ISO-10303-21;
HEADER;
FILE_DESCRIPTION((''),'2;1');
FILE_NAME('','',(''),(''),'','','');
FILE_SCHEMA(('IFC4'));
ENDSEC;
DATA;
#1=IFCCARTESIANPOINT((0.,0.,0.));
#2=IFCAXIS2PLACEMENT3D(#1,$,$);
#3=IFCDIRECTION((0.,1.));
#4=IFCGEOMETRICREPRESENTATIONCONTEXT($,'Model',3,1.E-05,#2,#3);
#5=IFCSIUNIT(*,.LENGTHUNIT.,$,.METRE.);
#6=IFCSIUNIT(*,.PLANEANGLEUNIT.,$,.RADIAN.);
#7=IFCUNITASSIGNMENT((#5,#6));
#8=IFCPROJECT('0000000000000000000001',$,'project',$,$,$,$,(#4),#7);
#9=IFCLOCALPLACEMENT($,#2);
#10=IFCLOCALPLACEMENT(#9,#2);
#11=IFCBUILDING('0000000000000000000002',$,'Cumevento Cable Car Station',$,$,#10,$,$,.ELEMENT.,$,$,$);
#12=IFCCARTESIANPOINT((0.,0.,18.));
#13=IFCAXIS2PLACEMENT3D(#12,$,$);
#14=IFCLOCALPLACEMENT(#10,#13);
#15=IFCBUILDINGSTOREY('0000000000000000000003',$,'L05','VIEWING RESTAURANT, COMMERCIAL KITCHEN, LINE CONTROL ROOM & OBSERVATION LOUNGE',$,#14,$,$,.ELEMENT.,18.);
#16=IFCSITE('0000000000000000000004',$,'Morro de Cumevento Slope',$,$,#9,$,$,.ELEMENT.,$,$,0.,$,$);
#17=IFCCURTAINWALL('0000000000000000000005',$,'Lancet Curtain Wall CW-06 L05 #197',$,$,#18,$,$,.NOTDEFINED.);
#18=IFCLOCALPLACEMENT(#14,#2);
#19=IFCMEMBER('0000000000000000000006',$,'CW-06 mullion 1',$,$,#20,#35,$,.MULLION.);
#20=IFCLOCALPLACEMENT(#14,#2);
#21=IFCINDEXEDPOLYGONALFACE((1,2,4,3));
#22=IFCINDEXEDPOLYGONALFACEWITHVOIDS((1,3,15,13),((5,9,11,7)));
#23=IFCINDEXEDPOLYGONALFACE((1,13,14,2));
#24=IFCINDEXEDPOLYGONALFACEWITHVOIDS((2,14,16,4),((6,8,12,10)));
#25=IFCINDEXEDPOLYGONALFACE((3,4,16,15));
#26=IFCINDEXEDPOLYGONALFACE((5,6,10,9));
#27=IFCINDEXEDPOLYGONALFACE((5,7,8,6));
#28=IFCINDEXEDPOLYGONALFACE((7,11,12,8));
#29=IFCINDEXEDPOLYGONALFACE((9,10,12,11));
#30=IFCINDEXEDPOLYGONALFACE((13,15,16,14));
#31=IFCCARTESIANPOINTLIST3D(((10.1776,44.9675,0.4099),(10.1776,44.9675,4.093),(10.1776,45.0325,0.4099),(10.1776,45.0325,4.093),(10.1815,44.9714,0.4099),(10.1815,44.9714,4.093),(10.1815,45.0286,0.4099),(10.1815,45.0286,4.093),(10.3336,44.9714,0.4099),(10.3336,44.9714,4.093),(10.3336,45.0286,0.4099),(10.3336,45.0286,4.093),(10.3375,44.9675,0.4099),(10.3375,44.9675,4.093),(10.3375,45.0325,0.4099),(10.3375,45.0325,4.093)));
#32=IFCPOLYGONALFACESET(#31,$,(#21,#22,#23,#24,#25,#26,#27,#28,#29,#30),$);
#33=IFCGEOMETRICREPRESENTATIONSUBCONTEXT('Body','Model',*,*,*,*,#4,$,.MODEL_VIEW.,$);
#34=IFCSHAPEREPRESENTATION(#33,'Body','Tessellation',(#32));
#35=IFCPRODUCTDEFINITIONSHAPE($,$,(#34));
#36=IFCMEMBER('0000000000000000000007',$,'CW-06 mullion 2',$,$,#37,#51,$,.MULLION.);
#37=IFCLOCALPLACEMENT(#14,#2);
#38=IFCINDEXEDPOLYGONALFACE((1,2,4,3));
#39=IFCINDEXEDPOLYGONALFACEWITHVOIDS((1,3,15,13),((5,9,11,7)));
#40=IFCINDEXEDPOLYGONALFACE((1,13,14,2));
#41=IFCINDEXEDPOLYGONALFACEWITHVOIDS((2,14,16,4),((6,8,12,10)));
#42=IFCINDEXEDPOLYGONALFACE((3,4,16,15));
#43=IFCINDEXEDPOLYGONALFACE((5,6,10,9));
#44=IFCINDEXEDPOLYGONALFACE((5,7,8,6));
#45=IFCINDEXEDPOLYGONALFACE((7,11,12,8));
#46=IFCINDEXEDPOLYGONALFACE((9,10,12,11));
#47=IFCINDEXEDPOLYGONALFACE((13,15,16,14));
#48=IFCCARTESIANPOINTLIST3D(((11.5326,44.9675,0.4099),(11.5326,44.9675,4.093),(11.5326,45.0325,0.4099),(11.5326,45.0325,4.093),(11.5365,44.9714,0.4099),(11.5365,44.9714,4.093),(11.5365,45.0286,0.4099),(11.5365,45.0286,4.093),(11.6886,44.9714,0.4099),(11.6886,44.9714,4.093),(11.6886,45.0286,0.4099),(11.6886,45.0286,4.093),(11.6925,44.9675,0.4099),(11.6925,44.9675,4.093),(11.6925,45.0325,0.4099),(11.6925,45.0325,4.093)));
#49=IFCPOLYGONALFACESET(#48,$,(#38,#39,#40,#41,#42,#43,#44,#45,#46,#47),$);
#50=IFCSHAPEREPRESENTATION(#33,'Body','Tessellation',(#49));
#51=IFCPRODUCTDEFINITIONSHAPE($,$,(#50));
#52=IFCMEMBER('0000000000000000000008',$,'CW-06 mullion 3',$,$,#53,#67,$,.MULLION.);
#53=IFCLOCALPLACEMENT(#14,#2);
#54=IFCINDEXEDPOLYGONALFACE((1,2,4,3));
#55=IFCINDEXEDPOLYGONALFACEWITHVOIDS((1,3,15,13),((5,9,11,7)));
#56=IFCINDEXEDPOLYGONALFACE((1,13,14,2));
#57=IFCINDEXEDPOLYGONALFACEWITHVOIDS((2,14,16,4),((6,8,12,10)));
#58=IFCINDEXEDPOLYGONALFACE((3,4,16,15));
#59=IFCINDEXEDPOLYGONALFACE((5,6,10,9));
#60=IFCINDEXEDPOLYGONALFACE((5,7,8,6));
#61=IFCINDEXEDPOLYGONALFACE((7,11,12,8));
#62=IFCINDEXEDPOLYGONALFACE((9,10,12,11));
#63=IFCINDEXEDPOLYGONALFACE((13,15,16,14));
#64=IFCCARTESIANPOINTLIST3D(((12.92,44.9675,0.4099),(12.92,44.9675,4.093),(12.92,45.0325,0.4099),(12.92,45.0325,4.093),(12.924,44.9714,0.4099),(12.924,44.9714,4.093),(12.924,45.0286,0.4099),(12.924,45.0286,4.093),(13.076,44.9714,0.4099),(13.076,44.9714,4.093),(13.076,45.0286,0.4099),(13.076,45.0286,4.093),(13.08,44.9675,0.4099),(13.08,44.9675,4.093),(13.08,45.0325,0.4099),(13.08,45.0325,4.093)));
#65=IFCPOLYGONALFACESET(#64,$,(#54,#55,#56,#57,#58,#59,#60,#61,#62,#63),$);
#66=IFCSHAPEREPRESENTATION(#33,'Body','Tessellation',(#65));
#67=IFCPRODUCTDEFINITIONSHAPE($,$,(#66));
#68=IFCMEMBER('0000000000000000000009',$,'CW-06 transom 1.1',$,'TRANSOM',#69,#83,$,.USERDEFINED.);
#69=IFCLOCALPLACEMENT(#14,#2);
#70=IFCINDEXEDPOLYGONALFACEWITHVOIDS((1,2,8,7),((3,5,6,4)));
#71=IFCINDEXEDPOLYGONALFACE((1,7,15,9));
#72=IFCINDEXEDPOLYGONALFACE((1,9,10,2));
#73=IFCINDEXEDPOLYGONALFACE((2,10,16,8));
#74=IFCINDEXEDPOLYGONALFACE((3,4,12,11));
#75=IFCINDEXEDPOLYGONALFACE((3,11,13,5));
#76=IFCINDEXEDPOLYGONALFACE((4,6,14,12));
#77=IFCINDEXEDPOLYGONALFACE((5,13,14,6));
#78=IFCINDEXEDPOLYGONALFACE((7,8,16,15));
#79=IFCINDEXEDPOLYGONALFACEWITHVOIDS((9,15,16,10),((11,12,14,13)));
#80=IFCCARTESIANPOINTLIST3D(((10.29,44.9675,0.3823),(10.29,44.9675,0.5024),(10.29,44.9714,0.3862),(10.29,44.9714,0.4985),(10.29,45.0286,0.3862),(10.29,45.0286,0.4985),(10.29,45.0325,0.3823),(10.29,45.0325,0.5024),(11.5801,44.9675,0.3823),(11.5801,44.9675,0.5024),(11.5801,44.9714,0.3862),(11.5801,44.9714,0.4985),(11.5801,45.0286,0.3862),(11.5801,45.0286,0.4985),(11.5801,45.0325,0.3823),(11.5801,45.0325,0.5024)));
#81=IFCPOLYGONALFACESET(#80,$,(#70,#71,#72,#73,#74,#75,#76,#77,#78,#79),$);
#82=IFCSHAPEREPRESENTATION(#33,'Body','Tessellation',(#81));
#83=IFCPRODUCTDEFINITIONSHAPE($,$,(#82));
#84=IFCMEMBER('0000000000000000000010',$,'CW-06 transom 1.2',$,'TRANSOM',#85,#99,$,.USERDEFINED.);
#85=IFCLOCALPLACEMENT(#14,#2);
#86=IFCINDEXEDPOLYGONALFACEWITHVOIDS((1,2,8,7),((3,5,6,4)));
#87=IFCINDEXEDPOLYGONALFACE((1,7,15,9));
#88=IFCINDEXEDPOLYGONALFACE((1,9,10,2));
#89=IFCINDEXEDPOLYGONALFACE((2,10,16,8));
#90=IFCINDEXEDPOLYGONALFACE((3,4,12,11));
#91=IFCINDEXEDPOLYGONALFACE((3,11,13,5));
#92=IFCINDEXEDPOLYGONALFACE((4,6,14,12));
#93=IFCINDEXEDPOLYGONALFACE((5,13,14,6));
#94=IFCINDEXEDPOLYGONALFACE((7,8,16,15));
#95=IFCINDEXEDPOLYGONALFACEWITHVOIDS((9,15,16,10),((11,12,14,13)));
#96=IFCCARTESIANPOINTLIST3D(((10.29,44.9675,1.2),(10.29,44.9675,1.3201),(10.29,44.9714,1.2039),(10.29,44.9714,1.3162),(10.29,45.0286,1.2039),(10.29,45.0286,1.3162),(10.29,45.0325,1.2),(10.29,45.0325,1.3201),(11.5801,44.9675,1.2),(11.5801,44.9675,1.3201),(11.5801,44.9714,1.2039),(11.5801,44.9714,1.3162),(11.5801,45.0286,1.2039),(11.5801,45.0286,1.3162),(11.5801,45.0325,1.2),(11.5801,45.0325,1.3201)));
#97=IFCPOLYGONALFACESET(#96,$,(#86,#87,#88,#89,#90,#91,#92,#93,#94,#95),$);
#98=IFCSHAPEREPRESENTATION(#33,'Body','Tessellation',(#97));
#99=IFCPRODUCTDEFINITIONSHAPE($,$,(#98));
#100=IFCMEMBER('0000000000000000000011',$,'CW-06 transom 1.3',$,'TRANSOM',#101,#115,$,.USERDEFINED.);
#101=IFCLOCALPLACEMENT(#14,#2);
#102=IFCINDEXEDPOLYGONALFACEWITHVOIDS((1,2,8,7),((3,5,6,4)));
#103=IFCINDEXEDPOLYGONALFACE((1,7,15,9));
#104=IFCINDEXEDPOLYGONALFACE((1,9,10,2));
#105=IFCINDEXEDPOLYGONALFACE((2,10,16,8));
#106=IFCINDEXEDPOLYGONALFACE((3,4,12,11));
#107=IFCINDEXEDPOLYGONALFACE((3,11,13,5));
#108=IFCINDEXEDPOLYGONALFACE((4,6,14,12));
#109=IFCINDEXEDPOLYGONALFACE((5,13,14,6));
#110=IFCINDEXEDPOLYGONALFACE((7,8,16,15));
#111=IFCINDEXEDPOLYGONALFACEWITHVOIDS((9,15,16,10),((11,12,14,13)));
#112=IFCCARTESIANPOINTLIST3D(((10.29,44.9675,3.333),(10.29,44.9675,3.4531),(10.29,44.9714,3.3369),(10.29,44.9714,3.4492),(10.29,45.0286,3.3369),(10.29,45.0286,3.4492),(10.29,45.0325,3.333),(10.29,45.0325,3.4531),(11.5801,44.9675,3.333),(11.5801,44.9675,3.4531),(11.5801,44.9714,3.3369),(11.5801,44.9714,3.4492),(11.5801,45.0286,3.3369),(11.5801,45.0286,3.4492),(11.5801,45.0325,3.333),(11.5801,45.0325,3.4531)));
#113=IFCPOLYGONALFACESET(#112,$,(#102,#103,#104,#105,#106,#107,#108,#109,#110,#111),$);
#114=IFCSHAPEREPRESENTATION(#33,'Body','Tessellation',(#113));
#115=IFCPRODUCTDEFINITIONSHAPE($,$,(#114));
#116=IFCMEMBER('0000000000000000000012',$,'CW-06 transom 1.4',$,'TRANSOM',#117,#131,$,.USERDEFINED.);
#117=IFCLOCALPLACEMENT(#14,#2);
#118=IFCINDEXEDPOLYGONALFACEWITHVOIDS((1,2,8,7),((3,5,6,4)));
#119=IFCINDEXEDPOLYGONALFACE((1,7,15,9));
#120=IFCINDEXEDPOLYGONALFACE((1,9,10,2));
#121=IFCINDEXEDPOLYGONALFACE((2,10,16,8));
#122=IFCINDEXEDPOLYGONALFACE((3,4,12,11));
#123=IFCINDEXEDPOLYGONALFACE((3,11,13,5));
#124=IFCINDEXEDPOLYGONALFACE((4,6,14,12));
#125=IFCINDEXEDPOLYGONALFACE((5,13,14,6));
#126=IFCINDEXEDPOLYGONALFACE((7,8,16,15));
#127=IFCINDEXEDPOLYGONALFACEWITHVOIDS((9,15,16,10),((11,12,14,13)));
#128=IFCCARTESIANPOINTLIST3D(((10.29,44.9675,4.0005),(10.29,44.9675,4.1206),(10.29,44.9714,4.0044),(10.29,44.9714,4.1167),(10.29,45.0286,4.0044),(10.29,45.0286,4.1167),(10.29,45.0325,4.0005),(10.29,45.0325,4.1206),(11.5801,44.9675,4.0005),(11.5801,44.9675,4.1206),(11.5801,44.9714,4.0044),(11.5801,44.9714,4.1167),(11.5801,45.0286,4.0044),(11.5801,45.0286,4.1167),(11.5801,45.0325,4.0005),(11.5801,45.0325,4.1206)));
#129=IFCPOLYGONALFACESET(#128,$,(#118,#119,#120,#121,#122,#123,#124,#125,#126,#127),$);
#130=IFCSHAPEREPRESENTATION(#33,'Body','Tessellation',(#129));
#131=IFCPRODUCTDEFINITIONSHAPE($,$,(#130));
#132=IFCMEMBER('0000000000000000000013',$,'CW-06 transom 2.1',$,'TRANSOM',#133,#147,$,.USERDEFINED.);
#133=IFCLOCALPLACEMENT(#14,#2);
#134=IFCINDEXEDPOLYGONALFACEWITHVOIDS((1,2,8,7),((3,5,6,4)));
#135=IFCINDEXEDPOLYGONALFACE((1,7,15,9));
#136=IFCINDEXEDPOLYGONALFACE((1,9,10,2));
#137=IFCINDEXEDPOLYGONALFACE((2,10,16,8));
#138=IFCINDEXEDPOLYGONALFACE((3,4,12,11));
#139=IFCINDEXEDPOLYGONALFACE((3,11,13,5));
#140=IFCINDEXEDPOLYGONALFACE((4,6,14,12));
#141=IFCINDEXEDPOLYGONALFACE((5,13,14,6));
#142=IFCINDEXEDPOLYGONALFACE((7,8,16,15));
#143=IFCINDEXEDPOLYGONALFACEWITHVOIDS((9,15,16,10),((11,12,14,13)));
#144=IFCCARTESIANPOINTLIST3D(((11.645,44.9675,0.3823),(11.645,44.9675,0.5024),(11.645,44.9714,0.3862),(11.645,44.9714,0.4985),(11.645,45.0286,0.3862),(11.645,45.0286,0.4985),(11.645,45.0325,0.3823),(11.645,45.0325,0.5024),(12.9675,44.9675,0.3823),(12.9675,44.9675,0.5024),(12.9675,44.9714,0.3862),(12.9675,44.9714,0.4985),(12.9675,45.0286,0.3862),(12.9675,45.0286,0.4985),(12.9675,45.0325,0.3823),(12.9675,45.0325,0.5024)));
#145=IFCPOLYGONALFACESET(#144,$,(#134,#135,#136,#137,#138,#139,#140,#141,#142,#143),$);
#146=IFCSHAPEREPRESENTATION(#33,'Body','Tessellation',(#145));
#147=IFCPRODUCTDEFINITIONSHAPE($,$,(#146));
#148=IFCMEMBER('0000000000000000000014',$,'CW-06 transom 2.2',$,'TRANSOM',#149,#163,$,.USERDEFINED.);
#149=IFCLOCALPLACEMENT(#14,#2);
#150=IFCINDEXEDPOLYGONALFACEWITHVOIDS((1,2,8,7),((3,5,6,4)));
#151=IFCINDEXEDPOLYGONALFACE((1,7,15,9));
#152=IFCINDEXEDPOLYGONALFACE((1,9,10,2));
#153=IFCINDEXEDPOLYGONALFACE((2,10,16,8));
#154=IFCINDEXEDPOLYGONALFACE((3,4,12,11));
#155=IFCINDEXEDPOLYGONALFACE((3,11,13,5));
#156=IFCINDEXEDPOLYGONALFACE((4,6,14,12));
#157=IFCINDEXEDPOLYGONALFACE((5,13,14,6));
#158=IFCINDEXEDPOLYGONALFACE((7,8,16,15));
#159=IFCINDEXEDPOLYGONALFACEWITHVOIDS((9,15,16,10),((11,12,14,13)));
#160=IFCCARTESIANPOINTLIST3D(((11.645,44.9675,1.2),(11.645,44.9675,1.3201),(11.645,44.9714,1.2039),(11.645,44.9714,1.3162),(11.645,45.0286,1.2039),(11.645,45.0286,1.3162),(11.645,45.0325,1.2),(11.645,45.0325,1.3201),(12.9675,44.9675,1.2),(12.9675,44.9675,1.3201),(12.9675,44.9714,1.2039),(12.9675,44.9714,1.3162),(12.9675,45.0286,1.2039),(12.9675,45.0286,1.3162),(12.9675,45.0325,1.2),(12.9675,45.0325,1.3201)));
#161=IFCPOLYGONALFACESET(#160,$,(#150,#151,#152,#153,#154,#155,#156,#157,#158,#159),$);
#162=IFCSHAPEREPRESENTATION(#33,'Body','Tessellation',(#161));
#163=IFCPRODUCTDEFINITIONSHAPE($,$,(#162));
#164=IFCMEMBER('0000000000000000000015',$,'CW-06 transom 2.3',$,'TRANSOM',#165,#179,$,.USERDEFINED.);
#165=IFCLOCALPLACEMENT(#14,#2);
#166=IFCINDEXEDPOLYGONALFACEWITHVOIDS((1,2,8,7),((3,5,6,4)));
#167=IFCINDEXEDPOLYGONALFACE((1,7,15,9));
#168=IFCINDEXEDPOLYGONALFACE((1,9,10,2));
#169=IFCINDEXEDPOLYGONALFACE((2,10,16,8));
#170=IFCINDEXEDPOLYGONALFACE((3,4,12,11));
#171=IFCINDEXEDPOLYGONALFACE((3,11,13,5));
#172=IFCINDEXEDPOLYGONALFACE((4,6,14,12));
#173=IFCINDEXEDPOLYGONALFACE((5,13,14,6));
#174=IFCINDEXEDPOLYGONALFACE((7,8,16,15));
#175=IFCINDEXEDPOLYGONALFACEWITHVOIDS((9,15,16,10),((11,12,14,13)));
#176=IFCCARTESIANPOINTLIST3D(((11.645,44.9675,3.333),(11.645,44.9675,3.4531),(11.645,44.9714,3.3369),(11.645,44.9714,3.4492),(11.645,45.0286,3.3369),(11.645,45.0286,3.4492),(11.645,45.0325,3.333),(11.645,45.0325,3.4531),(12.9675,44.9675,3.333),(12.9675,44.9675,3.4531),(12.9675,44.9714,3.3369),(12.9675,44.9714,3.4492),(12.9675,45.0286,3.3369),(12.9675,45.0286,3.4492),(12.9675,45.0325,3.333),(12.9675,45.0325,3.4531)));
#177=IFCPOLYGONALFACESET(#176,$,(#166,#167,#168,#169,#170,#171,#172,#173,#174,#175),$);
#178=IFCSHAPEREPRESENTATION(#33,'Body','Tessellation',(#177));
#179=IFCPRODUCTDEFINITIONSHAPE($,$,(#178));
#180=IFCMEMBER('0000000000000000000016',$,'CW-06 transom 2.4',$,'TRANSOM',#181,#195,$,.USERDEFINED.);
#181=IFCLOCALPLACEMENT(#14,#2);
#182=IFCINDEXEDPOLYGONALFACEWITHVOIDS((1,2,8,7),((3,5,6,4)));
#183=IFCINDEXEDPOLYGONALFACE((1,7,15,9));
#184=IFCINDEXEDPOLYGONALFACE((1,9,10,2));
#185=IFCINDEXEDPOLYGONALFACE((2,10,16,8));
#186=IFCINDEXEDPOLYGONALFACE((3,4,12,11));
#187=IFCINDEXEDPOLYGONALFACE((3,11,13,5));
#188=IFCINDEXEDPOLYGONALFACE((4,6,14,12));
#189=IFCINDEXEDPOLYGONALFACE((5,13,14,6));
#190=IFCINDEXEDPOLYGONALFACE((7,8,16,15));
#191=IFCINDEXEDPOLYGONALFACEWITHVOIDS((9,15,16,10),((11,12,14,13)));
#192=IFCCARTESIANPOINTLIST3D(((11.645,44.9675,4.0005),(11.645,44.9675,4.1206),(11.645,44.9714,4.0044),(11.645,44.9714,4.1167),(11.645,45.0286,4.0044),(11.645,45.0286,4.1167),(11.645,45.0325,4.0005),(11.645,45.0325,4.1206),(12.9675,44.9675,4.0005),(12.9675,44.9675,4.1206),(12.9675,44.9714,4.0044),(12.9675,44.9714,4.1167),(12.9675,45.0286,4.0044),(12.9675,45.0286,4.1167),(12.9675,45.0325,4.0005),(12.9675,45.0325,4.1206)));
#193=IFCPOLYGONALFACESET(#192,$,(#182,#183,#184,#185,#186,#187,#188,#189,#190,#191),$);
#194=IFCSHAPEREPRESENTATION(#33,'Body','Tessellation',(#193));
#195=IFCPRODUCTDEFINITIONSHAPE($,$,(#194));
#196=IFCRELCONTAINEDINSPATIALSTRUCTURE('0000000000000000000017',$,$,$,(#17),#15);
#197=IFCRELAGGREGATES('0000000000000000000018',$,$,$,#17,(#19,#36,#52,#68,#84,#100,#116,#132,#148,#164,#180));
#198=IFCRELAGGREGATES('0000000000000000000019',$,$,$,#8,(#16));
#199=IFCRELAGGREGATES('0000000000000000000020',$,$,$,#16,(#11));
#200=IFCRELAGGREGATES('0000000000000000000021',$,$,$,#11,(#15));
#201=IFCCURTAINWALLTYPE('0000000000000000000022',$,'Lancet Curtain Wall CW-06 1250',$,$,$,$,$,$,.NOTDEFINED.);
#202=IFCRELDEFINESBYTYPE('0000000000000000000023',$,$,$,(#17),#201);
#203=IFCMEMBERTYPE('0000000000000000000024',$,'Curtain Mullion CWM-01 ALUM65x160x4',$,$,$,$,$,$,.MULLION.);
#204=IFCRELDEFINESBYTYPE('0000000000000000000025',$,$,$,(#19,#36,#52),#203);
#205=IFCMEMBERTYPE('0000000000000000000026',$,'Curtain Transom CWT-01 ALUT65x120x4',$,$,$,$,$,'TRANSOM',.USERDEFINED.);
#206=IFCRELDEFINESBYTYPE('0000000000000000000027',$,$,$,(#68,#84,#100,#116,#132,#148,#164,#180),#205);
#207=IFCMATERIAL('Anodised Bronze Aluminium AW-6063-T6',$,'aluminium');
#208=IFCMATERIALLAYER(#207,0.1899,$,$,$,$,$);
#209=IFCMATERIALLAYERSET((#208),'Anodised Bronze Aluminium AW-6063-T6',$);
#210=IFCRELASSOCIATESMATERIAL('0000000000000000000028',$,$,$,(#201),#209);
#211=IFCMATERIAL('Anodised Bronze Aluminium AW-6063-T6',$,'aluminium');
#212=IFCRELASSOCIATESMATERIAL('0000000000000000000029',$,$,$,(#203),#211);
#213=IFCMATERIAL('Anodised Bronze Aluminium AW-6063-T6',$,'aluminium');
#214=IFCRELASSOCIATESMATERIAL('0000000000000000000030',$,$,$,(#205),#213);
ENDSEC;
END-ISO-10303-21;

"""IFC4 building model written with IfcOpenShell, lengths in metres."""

from ifc_helpers import new_model, si_unit, direction, frame, origin, origin_2d, place, context, subcontext, project, spatial, hollow_rectangle, extrude, material, layer, layer_set, material_profile, profile_set, type_object, element, aggregate, save


model = new_model("IFC4")

# Units and contexts
model_context = context("Model", 3, precision=1e-05, world=origin(), true_north=direction((0.0, 1.0)))
body_context = subcontext(model_context, "Body", "Model", "MODEL_VIEW")
ifc_project = project(units=[si_unit("LENGTHUNIT", "METRE"), si_unit("PLANEANGLEUNIT", "RADIAN")], contexts=[model_context])

# Site, building, storey
site_placement = place(None, origin())
site = spatial("IfcSite", under=ifc_project, at=site_placement, Name="Morro de Cumevento Slope", CompositionType="ELEMENT", RefElevation=0.0)
building_placement = place(site_placement, origin())
building = spatial("IfcBuilding", under=site, at=building_placement, Name="Cumevento Cable Car Station", CompositionType="ELEMENT")
storey_placement = place(building_placement, frame((0.0, 0.0, 18.0)))
storey = spatial("IfcBuildingStorey", under=building, at=storey_placement, Name="L05", Description="VIEWING RESTAURANT, COMMERCIAL KITCHEN, LINE CONTROL ROOM & OBSERVATION LOUNGE", CompositionType="ELEMENT", Elevation=18.0)

# Curtain wall, members
ifc_material_1 = material(Name="Anodised Bronze Aluminium AW-6063-T6", Category="aluminium")
ifc_layer_1 = layer(ifc_material_1, 0.1899)
ifc_layer_set_1 = layer_set([ifc_layer_1], Name="Anodised Bronze Aluminium AW-6063-T6")
curtain_wall_type = type_object("IfcCurtainWallType", Name="Lancet Curtain Wall CW-06 1250", PredefinedType="NOTDEFINED", material=ifc_layer_set_1)
curtain_wall_placement = place(storey_placement, origin())
curtain_wall = element("IfcCurtainWall", 1, at=curtain_wall_placement, inside=storey, type_object=curtain_wall_type, Name="Lancet Curtain Wall CW-06 L05 #197", PredefinedType="NOTDEFINED")
ifc_material_2 = material(Name="Anodised Bronze Aluminium AW-6063-T6", Category="aluminium")
ifc_material_profile_1 = material_profile(ifc_material_2, hollow_rectangle(XDim=0.0649, YDim=0.1599, WallThickness=0.0039, at=origin_2d()), Name="ALUM65x160x4")
ifc_profile_set_1 = profile_set([ifc_material_profile_1], Name="Anodised Bronze Aluminium AW-6063-T6")
member_type_1 = type_object("IfcMemberType", Name="Curtain Mullion CWM-01 ALUM65x160x4", PredefinedType="MULLION", material=ifc_profile_set_1)
member_1_placement = place(storey_placement, frame((10.2576, 45.0, 0.4099), z_axis=(0.0, 0.0, 1.0), x_axis=(0.0, 1.0, 0.0)))
member_1 = element("IfcMember", 2, at=member_1_placement, type_object=member_type_1, Name="CW-06 mullion 1", PredefinedType="MULLION", context=body_context, shape_type="SweptSolid", body=[
    extrude(hollow_rectangle(XDim=0.0649, YDim=0.1599, WallThickness=0.0039, at=origin_2d()), origin(), (0.0, 0.0, 1.0), 3.6831),
])
member_2_placement = place(storey_placement, frame((11.6125, 45.0, 0.4099), z_axis=(0.0, 0.0, 1.0), x_axis=(0.0, 1.0, 0.0)))
member_2 = element("IfcMember", 3, at=member_2_placement, type_object=member_type_1, Name="CW-06 mullion 2", PredefinedType="MULLION", context=body_context, shape_type="SweptSolid", body=[
    extrude(hollow_rectangle(XDim=0.0649, YDim=0.1599, WallThickness=0.0039, at=origin_2d()), origin(), (0.0, 0.0, 1.0), 3.6831),
])
member_3_placement = place(storey_placement, frame((13.0, 45.0, 0.4099), z_axis=(0.0, 0.0, 1.0), x_axis=(0.0, 1.0, 0.0)))
member_3 = element("IfcMember", 4, at=member_3_placement, type_object=member_type_1, Name="CW-06 mullion 3", PredefinedType="MULLION", context=body_context, shape_type="SweptSolid", body=[
    extrude(hollow_rectangle(XDim=0.0649, YDim=0.1599, WallThickness=0.0039, at=origin_2d()), origin(), (0.0, 0.0, 1.0), 3.6831),
])
ifc_material_3 = material(Name="Anodised Bronze Aluminium AW-6063-T6", Category="aluminium")
ifc_material_profile_2 = material_profile(ifc_material_3, hollow_rectangle(XDim=0.0649, YDim=0.1201, WallThickness=0.0039, at=origin_2d()), Name="ALUT65x120x4")
ifc_profile_set_2 = profile_set([ifc_material_profile_2], Name="Anodised Bronze Aluminium AW-6063-T6")
member_type_2 = type_object("IfcMemberType", Name="Curtain Transom CWT-01 ALUT65x120x4", ElementType="TRANSOM", PredefinedType="USERDEFINED", material=ifc_profile_set_2)
member_4_placement = place(storey_placement, frame((10.29, 45.0, 0.4424), z_axis=(1.0, 0.0, 0.0), x_axis=(0.0, 1.0, 0.0)))
member_4 = element("IfcMember", 5, at=member_4_placement, type_object=member_type_2, Name="CW-06 transom 1.1", ObjectType="TRANSOM", PredefinedType="USERDEFINED", context=body_context, shape_type="SweptSolid", body=[
    extrude(hollow_rectangle(XDim=0.0649, YDim=0.1201, WallThickness=0.0039, at=origin_2d()), origin(), (0.0, 0.0, 1.0), 1.29),
])
member_5_placement = place(storey_placement, frame((10.29, 45.0, 1.26), z_axis=(1.0, 0.0, 0.0), x_axis=(0.0, 1.0, 0.0)))
member_5 = element("IfcMember", 6, at=member_5_placement, type_object=member_type_2, Name="CW-06 transom 1.2", ObjectType="TRANSOM", PredefinedType="USERDEFINED", context=body_context, shape_type="SweptSolid", body=[
    extrude(hollow_rectangle(XDim=0.0649, YDim=0.1201, WallThickness=0.0039, at=origin_2d()), origin(), (0.0, 0.0, 1.0), 1.29),
])
member_6_placement = place(storey_placement, frame((10.29, 45.0, 3.3931), z_axis=(1.0, 0.0, 0.0), x_axis=(0.0, 1.0, 0.0)))
member_6 = element("IfcMember", 7, at=member_6_placement, type_object=member_type_2, Name="CW-06 transom 1.3", ObjectType="TRANSOM", PredefinedType="USERDEFINED", context=body_context, shape_type="SweptSolid", body=[
    extrude(hollow_rectangle(XDim=0.0649, YDim=0.1201, WallThickness=0.0039, at=origin_2d()), origin(), (0.0, 0.0, 1.0), 1.29),
])
member_7_placement = place(storey_placement, frame((10.29, 45.0, 4.0605), z_axis=(1.0, 0.0, 0.0), x_axis=(0.0, 1.0, 0.0)))
member_7 = element("IfcMember", 8, at=member_7_placement, type_object=member_type_2, Name="CW-06 transom 1.4", ObjectType="TRANSOM", PredefinedType="USERDEFINED", context=body_context, shape_type="SweptSolid", body=[
    extrude(hollow_rectangle(XDim=0.0649, YDim=0.1201, WallThickness=0.0039, at=origin_2d()), origin(), (0.0, 0.0, 1.0), 1.29),
])
member_8_placement = place(storey_placement, frame((11.645, 45.0, 0.4424), z_axis=(1.0, 0.0, 0.0), x_axis=(0.0, 1.0, 0.0)))
member_8 = element("IfcMember", 9, at=member_8_placement, type_object=member_type_2, Name="CW-06 transom 2.1", ObjectType="TRANSOM", PredefinedType="USERDEFINED", context=body_context, shape_type="SweptSolid", body=[
    extrude(hollow_rectangle(XDim=0.0649, YDim=0.1201, WallThickness=0.0039, at=origin_2d()), origin(), (0.0, 0.0, 1.0), 1.3225),
])
member_9_placement = place(storey_placement, frame((11.645, 45.0, 1.26), z_axis=(1.0, 0.0, 0.0), x_axis=(0.0, 1.0, 0.0)))
member_9 = element("IfcMember", 10, at=member_9_placement, type_object=member_type_2, Name="CW-06 transom 2.2", ObjectType="TRANSOM", PredefinedType="USERDEFINED", context=body_context, shape_type="SweptSolid", body=[
    extrude(hollow_rectangle(XDim=0.0649, YDim=0.1201, WallThickness=0.0039, at=origin_2d()), origin(), (0.0, 0.0, 1.0), 1.3225),
])
member_10_placement = place(storey_placement, frame((11.645, 45.0, 3.3931), z_axis=(1.0, 0.0, 0.0), x_axis=(0.0, 1.0, 0.0)))
member_10 = element("IfcMember", 11, at=member_10_placement, type_object=member_type_2, Name="CW-06 transom 2.3", ObjectType="TRANSOM", PredefinedType="USERDEFINED", context=body_context, shape_type="SweptSolid", body=[
    extrude(hollow_rectangle(XDim=0.0649, YDim=0.1201, WallThickness=0.0039, at=origin_2d()), origin(), (0.0, 0.0, 1.0), 1.3225),
])
member_11_placement = place(storey_placement, frame((11.645, 45.0, 4.0605), z_axis=(1.0, 0.0, 0.0), x_axis=(0.0, 1.0, 0.0)))
member_11 = element("IfcMember", 12, at=member_11_placement, type_object=member_type_2, Name="CW-06 transom 2.4", ObjectType="TRANSOM", PredefinedType="USERDEFINED", context=body_context, shape_type="SweptSolid", body=[
    extrude(hollow_rectangle(XDim=0.0649, YDim=0.1201, WallThickness=0.0039, at=origin_2d()), origin(), (0.0, 0.0, 1.0), 1.3225),
])
aggregate(curtain_wall, [member_1, member_2, member_3, member_4, member_5, member_6, member_7, member_8, member_9, member_10, member_11])

save(model, "model.ifc")
